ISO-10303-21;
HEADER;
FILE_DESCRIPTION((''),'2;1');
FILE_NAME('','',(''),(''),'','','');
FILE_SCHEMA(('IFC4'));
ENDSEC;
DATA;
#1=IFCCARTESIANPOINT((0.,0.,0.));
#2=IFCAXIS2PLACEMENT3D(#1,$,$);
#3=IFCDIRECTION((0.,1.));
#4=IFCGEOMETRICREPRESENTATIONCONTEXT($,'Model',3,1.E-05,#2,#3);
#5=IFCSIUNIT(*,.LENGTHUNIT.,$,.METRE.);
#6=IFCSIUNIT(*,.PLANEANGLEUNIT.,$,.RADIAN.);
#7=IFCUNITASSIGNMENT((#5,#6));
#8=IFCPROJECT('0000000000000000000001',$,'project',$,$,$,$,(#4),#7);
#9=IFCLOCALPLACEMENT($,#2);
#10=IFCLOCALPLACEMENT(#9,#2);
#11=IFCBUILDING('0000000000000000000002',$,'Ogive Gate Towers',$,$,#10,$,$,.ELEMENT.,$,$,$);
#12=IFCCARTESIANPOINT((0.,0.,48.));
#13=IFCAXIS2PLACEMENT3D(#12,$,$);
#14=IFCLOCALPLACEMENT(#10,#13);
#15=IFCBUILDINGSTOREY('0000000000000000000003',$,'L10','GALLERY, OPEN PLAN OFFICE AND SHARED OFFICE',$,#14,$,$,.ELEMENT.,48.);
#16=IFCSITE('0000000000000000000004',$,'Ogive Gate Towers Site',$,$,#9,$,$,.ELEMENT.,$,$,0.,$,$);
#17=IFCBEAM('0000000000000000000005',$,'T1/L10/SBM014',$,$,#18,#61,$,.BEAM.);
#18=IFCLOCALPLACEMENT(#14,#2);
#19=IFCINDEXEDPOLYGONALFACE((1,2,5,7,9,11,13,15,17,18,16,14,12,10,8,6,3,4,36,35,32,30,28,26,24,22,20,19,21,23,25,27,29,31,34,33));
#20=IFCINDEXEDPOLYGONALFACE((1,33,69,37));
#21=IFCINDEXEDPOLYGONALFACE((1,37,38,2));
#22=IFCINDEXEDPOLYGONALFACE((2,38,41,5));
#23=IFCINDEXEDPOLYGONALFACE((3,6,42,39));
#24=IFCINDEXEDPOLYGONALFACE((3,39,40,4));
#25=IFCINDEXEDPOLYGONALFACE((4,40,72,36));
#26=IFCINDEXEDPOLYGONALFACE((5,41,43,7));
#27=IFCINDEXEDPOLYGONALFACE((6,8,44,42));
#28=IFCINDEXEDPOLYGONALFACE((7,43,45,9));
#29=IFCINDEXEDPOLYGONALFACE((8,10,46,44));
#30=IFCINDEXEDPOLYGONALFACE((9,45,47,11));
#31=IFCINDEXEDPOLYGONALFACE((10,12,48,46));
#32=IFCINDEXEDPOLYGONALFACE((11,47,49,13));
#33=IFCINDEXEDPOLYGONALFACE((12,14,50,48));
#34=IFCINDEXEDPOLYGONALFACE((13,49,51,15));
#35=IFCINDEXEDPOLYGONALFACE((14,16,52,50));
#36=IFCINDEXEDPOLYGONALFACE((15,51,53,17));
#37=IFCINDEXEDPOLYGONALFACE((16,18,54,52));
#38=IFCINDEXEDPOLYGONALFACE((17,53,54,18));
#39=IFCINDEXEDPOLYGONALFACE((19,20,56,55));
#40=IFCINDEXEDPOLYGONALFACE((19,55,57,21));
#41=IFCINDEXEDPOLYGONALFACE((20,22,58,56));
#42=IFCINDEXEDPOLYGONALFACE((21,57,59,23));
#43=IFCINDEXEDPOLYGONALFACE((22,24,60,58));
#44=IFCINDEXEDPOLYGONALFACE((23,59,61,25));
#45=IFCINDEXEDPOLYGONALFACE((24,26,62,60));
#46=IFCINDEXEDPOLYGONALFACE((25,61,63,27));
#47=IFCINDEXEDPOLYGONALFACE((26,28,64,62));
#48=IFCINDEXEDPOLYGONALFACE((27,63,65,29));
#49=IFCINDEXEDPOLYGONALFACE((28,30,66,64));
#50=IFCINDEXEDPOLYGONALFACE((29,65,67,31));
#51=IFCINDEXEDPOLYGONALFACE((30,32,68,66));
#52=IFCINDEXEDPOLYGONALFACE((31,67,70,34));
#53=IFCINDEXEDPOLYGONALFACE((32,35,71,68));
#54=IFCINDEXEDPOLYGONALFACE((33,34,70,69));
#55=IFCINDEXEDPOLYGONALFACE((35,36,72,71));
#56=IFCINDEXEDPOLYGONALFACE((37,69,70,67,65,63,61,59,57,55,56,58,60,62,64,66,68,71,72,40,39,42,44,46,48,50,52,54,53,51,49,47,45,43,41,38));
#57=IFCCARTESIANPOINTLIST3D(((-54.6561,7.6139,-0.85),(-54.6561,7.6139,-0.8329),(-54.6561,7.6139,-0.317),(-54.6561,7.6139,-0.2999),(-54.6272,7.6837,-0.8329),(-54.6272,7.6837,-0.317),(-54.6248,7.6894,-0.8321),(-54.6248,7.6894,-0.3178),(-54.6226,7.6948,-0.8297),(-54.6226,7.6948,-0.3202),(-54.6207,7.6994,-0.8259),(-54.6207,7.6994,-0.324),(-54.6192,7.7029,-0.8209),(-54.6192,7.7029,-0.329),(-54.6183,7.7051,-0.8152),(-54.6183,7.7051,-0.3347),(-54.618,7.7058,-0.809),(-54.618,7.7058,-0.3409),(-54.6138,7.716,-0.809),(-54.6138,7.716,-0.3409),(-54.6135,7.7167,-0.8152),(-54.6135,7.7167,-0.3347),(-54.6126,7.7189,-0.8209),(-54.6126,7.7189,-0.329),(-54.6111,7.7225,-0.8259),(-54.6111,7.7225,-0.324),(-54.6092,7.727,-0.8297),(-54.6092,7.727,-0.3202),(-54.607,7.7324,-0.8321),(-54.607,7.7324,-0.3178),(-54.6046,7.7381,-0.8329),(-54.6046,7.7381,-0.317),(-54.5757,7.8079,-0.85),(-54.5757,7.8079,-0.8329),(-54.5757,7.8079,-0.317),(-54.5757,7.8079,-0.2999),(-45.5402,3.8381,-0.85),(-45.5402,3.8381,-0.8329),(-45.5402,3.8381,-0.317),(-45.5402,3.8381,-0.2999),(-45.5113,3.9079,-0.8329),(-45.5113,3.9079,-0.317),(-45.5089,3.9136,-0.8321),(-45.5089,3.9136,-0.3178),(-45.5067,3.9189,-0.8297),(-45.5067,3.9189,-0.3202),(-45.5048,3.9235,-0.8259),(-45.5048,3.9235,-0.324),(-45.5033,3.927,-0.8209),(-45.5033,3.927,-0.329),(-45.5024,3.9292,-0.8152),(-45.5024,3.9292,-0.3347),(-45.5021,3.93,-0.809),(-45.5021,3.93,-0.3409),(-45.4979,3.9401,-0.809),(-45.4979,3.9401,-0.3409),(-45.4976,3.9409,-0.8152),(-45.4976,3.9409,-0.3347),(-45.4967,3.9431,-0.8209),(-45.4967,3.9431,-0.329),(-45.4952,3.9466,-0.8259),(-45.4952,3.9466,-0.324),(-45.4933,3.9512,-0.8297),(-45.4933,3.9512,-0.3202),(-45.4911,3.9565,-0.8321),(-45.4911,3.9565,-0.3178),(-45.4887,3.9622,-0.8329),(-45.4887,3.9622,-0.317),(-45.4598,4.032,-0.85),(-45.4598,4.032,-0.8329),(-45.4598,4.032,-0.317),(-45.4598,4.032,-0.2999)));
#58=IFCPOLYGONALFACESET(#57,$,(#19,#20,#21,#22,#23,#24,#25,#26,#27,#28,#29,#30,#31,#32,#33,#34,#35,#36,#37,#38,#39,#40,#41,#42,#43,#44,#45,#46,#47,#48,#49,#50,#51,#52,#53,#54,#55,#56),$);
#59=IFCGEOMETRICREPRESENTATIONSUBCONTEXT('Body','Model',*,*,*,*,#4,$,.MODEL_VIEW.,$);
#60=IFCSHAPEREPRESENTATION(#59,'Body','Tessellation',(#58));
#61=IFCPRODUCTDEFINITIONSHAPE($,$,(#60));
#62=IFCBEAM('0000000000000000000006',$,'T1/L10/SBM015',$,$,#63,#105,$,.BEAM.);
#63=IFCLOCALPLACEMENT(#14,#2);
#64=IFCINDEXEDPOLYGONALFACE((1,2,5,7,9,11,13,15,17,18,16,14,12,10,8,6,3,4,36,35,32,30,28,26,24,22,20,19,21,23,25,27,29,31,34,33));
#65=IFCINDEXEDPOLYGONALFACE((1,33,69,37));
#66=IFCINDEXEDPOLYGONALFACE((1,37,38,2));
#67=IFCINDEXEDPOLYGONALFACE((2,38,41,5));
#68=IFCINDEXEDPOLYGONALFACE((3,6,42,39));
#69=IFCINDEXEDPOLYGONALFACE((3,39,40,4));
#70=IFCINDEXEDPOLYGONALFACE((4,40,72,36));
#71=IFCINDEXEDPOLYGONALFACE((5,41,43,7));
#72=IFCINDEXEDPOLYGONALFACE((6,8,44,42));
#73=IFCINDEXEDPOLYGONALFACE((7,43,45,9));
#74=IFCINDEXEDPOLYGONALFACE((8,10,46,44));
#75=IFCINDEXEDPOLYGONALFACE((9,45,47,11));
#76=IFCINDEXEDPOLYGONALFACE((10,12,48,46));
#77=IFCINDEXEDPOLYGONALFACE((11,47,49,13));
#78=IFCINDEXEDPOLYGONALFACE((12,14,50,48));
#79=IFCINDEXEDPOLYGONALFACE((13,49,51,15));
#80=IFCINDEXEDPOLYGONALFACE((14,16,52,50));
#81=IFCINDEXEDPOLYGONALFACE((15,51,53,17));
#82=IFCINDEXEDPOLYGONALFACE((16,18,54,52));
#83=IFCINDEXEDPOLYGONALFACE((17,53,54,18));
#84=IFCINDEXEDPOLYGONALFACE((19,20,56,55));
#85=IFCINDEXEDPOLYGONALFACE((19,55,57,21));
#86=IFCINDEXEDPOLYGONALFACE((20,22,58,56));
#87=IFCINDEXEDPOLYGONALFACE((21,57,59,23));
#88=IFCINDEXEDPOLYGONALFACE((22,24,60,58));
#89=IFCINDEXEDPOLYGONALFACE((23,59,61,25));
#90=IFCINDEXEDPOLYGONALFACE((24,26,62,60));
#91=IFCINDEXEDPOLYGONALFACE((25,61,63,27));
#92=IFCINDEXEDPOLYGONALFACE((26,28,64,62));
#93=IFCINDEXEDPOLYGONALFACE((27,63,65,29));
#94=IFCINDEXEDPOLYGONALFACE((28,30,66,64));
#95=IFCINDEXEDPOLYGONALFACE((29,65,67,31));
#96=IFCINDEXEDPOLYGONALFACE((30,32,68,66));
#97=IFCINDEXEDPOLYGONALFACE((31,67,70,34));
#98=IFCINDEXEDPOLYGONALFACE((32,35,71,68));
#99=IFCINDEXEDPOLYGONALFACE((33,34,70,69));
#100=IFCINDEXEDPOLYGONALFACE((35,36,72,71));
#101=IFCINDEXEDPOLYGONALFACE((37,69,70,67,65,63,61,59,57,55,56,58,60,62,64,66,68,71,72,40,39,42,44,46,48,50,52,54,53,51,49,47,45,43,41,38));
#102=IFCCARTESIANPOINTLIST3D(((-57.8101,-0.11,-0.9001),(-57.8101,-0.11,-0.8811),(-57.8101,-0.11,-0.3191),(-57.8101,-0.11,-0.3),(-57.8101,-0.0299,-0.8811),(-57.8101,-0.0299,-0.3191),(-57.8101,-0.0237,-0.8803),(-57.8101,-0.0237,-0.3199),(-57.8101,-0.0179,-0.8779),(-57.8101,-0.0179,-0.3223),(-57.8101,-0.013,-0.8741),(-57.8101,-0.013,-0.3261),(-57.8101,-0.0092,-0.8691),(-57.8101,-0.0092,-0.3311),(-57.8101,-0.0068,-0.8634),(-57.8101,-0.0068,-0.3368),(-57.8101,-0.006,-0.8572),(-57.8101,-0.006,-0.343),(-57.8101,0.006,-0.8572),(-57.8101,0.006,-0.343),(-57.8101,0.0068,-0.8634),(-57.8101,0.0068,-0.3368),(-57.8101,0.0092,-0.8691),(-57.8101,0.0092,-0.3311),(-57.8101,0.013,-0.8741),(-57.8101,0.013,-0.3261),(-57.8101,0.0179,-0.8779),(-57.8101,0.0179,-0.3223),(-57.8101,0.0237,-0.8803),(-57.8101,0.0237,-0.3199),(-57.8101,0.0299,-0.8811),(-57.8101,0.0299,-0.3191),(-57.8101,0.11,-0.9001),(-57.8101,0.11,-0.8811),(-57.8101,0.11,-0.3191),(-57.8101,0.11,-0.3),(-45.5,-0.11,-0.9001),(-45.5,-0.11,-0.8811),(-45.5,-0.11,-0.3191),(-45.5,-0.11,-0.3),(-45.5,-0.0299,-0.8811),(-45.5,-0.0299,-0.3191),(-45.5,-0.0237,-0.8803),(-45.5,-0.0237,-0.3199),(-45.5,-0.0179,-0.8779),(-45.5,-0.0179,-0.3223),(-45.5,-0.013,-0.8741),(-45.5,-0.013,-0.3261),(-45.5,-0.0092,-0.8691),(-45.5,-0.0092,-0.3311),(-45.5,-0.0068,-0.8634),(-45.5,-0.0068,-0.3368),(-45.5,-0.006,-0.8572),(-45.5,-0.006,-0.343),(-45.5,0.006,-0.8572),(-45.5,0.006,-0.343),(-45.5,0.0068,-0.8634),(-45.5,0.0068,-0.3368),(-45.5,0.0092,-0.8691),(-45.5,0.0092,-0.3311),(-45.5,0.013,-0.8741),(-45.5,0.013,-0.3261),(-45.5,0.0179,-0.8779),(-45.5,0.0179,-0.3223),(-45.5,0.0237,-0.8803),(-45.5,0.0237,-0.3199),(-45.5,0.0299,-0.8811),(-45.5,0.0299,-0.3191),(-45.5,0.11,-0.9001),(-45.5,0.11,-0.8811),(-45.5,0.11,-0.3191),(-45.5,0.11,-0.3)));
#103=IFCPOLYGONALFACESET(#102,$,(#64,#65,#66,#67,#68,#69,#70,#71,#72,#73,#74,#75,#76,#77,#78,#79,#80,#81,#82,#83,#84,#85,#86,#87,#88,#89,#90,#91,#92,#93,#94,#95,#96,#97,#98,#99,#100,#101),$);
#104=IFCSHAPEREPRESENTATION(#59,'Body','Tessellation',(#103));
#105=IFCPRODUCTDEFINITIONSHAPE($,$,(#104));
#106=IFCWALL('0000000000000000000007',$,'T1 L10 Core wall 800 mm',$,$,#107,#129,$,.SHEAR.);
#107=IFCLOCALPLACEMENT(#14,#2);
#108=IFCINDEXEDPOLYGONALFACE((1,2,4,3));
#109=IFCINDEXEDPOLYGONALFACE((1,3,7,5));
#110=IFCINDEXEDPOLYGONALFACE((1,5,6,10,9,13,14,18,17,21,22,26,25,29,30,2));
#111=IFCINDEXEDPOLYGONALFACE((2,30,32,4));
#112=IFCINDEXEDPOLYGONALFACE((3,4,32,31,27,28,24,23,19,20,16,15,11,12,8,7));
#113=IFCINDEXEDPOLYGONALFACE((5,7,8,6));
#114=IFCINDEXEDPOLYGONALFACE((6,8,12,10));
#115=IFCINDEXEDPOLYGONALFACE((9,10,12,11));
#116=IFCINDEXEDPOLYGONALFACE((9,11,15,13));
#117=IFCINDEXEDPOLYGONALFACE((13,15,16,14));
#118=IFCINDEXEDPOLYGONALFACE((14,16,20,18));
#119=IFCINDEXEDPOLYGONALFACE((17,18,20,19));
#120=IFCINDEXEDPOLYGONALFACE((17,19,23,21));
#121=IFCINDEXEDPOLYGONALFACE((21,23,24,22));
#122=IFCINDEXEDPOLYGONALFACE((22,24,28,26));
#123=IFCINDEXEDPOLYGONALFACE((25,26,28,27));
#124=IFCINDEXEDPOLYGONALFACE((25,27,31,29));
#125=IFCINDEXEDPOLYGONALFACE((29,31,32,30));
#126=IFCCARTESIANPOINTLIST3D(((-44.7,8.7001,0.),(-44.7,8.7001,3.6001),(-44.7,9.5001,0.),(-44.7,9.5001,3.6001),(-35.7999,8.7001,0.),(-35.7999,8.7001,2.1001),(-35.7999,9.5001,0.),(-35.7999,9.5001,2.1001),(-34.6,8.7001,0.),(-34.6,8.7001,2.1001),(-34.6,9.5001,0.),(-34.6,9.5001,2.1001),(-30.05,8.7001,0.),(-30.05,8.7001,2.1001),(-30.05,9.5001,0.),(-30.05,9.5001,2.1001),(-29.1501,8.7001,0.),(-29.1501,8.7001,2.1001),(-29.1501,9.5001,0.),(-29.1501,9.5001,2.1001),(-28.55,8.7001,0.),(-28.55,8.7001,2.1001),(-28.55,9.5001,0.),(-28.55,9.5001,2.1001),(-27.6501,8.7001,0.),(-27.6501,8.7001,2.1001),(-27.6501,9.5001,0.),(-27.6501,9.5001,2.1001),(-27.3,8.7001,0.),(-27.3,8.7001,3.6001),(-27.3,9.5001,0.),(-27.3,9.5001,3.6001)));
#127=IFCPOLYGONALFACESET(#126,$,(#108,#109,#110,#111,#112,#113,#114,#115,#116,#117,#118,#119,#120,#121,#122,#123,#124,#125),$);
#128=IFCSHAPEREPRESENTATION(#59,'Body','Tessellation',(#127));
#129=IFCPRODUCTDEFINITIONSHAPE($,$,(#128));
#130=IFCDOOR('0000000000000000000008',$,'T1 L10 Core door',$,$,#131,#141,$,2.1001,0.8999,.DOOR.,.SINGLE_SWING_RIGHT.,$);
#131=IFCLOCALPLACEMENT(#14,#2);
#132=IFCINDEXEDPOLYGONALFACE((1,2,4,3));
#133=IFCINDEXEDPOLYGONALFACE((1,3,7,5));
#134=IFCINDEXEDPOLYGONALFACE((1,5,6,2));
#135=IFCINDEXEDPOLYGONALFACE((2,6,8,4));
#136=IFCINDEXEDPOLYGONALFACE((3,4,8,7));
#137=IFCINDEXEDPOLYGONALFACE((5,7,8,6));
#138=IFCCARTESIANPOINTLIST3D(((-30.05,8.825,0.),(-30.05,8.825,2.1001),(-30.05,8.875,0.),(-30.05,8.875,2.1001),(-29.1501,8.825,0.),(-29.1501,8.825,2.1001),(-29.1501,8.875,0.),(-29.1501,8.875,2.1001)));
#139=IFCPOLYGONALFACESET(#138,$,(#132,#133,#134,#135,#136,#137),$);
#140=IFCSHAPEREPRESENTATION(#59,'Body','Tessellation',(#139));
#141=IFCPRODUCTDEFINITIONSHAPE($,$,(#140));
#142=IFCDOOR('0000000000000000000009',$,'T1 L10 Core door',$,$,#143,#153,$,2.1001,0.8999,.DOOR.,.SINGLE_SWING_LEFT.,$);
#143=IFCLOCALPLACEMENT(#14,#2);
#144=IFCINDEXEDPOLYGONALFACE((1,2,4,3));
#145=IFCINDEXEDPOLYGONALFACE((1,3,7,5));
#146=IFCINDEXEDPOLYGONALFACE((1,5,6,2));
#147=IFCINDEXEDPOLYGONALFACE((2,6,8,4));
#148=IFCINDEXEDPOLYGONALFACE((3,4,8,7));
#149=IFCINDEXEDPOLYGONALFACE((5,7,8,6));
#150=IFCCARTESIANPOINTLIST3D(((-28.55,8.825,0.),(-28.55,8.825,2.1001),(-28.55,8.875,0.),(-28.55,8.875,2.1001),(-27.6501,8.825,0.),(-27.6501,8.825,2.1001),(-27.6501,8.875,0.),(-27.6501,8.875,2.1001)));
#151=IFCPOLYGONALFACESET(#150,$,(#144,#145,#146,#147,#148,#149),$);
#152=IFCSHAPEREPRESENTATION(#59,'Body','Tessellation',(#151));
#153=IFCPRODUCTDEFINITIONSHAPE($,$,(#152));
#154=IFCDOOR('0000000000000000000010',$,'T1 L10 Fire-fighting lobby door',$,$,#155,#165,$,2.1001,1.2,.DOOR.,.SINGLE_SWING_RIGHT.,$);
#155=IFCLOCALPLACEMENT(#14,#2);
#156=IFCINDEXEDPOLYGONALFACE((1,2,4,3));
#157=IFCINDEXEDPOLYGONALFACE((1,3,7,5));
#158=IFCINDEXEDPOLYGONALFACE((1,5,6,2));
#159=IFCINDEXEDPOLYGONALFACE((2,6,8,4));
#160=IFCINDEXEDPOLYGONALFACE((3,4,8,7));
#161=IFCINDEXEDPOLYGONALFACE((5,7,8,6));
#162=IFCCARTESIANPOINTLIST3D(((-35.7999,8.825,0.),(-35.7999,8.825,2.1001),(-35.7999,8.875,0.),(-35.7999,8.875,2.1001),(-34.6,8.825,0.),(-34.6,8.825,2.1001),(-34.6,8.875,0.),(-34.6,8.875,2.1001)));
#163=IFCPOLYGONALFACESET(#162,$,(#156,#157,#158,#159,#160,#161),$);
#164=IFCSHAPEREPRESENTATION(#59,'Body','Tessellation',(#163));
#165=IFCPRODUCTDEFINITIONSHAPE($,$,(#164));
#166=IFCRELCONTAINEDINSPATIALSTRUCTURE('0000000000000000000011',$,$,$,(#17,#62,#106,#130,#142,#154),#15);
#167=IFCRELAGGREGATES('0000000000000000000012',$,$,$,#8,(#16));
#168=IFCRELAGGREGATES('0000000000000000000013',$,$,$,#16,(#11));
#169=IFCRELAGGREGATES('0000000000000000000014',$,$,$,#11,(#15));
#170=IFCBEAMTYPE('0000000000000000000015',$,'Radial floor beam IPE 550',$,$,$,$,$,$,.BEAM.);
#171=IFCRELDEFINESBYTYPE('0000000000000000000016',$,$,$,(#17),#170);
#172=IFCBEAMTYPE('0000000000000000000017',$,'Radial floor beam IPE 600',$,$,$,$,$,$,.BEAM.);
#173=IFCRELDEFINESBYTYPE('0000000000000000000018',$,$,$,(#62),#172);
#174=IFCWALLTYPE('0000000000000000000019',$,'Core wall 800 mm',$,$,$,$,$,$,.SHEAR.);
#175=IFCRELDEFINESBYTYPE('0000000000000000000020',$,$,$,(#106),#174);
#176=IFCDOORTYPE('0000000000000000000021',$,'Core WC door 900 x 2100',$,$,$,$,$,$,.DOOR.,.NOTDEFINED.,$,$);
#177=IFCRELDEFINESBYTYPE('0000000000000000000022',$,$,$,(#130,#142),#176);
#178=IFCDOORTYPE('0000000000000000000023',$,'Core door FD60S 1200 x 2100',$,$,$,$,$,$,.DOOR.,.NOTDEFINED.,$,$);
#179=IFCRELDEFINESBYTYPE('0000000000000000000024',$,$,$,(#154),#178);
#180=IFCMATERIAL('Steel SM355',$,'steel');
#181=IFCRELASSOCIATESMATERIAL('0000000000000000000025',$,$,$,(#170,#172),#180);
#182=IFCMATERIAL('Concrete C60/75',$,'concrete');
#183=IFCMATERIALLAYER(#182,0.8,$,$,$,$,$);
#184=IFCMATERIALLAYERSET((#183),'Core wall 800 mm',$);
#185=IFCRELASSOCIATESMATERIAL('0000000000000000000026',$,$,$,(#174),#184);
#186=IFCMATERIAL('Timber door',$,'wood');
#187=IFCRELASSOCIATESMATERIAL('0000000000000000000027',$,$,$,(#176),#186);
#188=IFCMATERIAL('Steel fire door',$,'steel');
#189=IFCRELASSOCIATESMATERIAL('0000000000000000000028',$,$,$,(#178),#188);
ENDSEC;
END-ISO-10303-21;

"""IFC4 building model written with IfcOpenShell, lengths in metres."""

from ifc_helpers import new_model, si_unit, direction, frame, frame_2d, origin, origin_2d, place, context, subcontext, project, spatial, rectangle, i_section, extrude, material, layer, layer_set, material_profile, profile_set, type_object, element, fill, save


model = new_model("IFC4")

# Units and contexts
model_context = context("Model", 3, precision=1e-05, world=origin(), true_north=direction((0.0, 1.0)))
body_context = subcontext(model_context, "Body", "Model", "MODEL_VIEW")
ifc_project = project(units=[si_unit("LENGTHUNIT", "METRE"), si_unit("PLANEANGLEUNIT", "RADIAN")], contexts=[model_context])

# Site, building, storey
site_placement = place(None, origin())
site = spatial("IfcSite", under=ifc_project, at=site_placement, Name="Ogive Gate Towers Site", CompositionType="ELEMENT", RefElevation=0.0)
building_placement = place(site_placement, origin())
building = spatial("IfcBuilding", under=site, at=building_placement, Name="Ogive Gate Towers", CompositionType="ELEMENT")
storey_placement = place(building_placement, frame((0.0, 0.0, 48.0)))
storey = spatial("IfcBuildingStorey", under=building, at=storey_placement, Name="L10", Description="GALLERY, OPEN PLAN OFFICE AND SHARED OFFICE", CompositionType="ELEMENT", Elevation=48.0)

# Beams
ifc_material_1 = material(Name="Steel SM355", Category="steel")
ifc_material_profile_1 = material_profile(ifc_material_1, i_section(OverallWidth=0.21, OverallDepth=0.55, WebThickness=0.011, FlangeThickness=0.0171, FilletRadius=0.0239, at=origin_2d()), Name="IPE 550")
ifc_profile_set_1 = profile_set([ifc_material_profile_1], Name="Steel SM355")
beam_type_1 = type_object("IfcBeamType", Name="Radial floor beam IPE 550", PredefinedType="BEAM", material=ifc_profile_set_1)
beam_1_placement = place(storey_placement, frame((-45.5, 3.9351, -0.575), z_axis=(-0.923882, 0.382677, 0.0), x_axis=(-0.382677, -0.923882, 0.0)))
element("IfcBeam", 1, at=beam_1_placement, inside=storey, type_object=beam_type_1, Name="T1/L10/SBM014", PredefinedType="BEAM", context=body_context, shape_type="SweptSolid", body=[
    extrude(i_section(OverallWidth=0.21, OverallDepth=0.55, WebThickness=0.011, FlangeThickness=0.0171, FilletRadius=0.0239, at=origin_2d()), origin(), (0.0, 0.0, 1.0), 9.8669),
])
ifc_material_profile_2 = material_profile(ifc_material_1, i_section(OverallWidth=0.22, OverallDepth=0.6001, WebThickness=0.012, FlangeThickness=0.019, FilletRadius=0.0239, at=origin_2d()), Name="IPE 600")
ifc_profile_set_2 = profile_set([ifc_material_profile_2], Name="Steel SM355")
beam_type_2 = type_object("IfcBeamType", Name="Radial floor beam IPE 600", PredefinedType="BEAM", material=ifc_profile_set_2)
beam_2_placement = place(storey_placement, frame((-45.5, 0.0, -0.6001), z_axis=(-1.0, 0.0, 0.0), x_axis=(0.0, -1.0, 0.0)))
element("IfcBeam", 2, at=beam_2_placement, inside=storey, type_object=beam_type_2, Name="T1/L10/SBM015", PredefinedType="BEAM", context=body_context, shape_type="SweptSolid", body=[
    extrude(i_section(OverallWidth=0.22, OverallDepth=0.6001, WebThickness=0.012, FlangeThickness=0.019, FilletRadius=0.0239, at=origin_2d()), origin(), (0.0, 0.0, 1.0), 12.3101),
])

# Wall, openings, doors
ifc_material_2 = material(Name="Concrete C60/75", Category="concrete")
ifc_layer_1 = layer(ifc_material_2, 0.8)
ifc_layer_set_1 = layer_set([ifc_layer_1], Name="Core wall 800 mm")
wall_type_1 = type_object("IfcWallType", Name="Core wall 800 mm", PredefinedType="SHEAR", material=ifc_layer_set_1)
wall_1_placement = place(storey_placement, frame((-44.7, 9.1001, 0.0), z_axis=(0.0, 0.0, 1.0), x_axis=(1.0, 0.0, 0.0)))
wall_1 = element("IfcWall", 3, at=wall_1_placement, inside=storey, type_object=wall_type_1, Name="T1 L10 Core wall 800 mm", PredefinedType="SHEAR", context=body_context, shape_type="SweptSolid", body=[
    extrude(rectangle(XDim=17.3999, YDim=0.8, at=frame_2d((8.7, 0.0))), origin(), (0.0, 0.0, 1.0), 3.6001),
])
opening_1_placement = place(wall_1_placement, frame((8.8999, 0.0, 0.0)))
opening_1 = element("IfcOpeningElement", 4, at=opening_1_placement, cuts=wall_1, PredefinedType="OPENING", context=body_context, shape_type="SweptSolid", body=[
    extrude(rectangle(XDim=1.2, YDim=2.1001, at=frame_2d((0.6001, 1.05))), frame((0.0, 0.4102, 0.0), z_axis=(0.0, -1.0, 0.0), x_axis=(1.0, 0.0, 0.0)), (0.0, 0.0, 1.0), 0.8201),
])
opening_2_placement = place(wall_1_placement, frame((14.6499, 0.0, 0.0)))
opening_2 = element("IfcOpeningElement", 5, at=opening_2_placement, cuts=wall_1, PredefinedType="OPENING", context=body_context, shape_type="SweptSolid", body=[
    extrude(rectangle(XDim=0.8999, YDim=2.1001, at=frame_2d((0.45, 1.05))), frame((0.0, 0.4102, 0.0), z_axis=(0.0, -1.0, 0.0), x_axis=(1.0, 0.0, 0.0)), (0.0, 0.0, 1.0), 0.8201),
])
opening_3_placement = place(wall_1_placement, frame((16.1499, 0.0, 0.0)))
opening_3 = element("IfcOpeningElement", 6, at=opening_3_placement, cuts=wall_1, PredefinedType="OPENING", context=body_context, shape_type="SweptSolid", body=[
    extrude(rectangle(XDim=0.8999, YDim=2.1001, at=frame_2d((0.45, 1.05))), frame((0.0, 0.4102, 0.0), z_axis=(0.0, -1.0, 0.0), x_axis=(1.0, 0.0, 0.0)), (0.0, 0.0, 1.0), 0.8201),
])
ifc_material_3 = material(Name="Timber door", Category="wood")
door_type_1 = type_object("IfcDoorType", Name="Core WC door 900 x 2100", OperationType="NOTDEFINED", PredefinedType="DOOR", material=ifc_material_3)
door_1_placement = place(opening_2_placement, origin())
door_1 = element("IfcDoor", 7, at=door_1_placement, inside=storey, type_object=door_type_1, Name="T1 L10 Core door", OperationType="SINGLE_SWING_RIGHT", OverallHeight=2.1001, OverallWidth=0.8999, PredefinedType="DOOR", context=body_context, shape_type="SweptSolid", body=[
    extrude(rectangle(XDim=0.8999, YDim=2.1001, at=frame_2d((0.45, 1.05))), frame((0.0, -0.2251, 0.0), z_axis=(0.0, -1.0, 0.0), x_axis=(1.0, 0.0, 0.0)), (0.0, 0.0, 1.0), 0.05),
])
fill(opening_2, door_1)
door_2_placement = place(opening_3_placement, origin())
door_2 = element("IfcDoor", 8, at=door_2_placement, inside=storey, type_object=door_type_1, Name="T1 L10 Core door", OperationType="SINGLE_SWING_LEFT", OverallHeight=2.1001, OverallWidth=0.8999, PredefinedType="DOOR", context=body_context, shape_type="SweptSolid", body=[
    extrude(rectangle(XDim=0.8999, YDim=2.1001, at=frame_2d((0.45, 1.05))), frame((0.0, -0.2251, 0.0), z_axis=(0.0, -1.0, 0.0), x_axis=(1.0, 0.0, 0.0)), (0.0, 0.0, 1.0), 0.05),
])
fill(opening_3, door_2)
ifc_material_4 = material(Name="Steel fire door", Category="steel")
door_type_2 = type_object("IfcDoorType", Name="Core door FD60S 1200 x 2100", OperationType="NOTDEFINED", PredefinedType="DOOR", material=ifc_material_4)
door_3_placement = place(opening_1_placement, origin())
door_3 = element("IfcDoor", 9, at=door_3_placement, inside=storey, type_object=door_type_2, Name="T1 L10 Fire-fighting lobby door", OperationType="SINGLE_SWING_RIGHT", OverallHeight=2.1001, OverallWidth=1.2, PredefinedType="DOOR", context=body_context, shape_type="SweptSolid", body=[
    extrude(rectangle(XDim=1.2, YDim=2.1001, at=frame_2d((0.6001, 1.05))), frame((0.0, -0.2251, 0.0), z_axis=(0.0, -1.0, 0.0), x_axis=(1.0, 0.0, 0.0)), (0.0, 0.0, 1.0), 0.05),
])
fill(opening_1, door_3)

save(model, "model.ifc")
